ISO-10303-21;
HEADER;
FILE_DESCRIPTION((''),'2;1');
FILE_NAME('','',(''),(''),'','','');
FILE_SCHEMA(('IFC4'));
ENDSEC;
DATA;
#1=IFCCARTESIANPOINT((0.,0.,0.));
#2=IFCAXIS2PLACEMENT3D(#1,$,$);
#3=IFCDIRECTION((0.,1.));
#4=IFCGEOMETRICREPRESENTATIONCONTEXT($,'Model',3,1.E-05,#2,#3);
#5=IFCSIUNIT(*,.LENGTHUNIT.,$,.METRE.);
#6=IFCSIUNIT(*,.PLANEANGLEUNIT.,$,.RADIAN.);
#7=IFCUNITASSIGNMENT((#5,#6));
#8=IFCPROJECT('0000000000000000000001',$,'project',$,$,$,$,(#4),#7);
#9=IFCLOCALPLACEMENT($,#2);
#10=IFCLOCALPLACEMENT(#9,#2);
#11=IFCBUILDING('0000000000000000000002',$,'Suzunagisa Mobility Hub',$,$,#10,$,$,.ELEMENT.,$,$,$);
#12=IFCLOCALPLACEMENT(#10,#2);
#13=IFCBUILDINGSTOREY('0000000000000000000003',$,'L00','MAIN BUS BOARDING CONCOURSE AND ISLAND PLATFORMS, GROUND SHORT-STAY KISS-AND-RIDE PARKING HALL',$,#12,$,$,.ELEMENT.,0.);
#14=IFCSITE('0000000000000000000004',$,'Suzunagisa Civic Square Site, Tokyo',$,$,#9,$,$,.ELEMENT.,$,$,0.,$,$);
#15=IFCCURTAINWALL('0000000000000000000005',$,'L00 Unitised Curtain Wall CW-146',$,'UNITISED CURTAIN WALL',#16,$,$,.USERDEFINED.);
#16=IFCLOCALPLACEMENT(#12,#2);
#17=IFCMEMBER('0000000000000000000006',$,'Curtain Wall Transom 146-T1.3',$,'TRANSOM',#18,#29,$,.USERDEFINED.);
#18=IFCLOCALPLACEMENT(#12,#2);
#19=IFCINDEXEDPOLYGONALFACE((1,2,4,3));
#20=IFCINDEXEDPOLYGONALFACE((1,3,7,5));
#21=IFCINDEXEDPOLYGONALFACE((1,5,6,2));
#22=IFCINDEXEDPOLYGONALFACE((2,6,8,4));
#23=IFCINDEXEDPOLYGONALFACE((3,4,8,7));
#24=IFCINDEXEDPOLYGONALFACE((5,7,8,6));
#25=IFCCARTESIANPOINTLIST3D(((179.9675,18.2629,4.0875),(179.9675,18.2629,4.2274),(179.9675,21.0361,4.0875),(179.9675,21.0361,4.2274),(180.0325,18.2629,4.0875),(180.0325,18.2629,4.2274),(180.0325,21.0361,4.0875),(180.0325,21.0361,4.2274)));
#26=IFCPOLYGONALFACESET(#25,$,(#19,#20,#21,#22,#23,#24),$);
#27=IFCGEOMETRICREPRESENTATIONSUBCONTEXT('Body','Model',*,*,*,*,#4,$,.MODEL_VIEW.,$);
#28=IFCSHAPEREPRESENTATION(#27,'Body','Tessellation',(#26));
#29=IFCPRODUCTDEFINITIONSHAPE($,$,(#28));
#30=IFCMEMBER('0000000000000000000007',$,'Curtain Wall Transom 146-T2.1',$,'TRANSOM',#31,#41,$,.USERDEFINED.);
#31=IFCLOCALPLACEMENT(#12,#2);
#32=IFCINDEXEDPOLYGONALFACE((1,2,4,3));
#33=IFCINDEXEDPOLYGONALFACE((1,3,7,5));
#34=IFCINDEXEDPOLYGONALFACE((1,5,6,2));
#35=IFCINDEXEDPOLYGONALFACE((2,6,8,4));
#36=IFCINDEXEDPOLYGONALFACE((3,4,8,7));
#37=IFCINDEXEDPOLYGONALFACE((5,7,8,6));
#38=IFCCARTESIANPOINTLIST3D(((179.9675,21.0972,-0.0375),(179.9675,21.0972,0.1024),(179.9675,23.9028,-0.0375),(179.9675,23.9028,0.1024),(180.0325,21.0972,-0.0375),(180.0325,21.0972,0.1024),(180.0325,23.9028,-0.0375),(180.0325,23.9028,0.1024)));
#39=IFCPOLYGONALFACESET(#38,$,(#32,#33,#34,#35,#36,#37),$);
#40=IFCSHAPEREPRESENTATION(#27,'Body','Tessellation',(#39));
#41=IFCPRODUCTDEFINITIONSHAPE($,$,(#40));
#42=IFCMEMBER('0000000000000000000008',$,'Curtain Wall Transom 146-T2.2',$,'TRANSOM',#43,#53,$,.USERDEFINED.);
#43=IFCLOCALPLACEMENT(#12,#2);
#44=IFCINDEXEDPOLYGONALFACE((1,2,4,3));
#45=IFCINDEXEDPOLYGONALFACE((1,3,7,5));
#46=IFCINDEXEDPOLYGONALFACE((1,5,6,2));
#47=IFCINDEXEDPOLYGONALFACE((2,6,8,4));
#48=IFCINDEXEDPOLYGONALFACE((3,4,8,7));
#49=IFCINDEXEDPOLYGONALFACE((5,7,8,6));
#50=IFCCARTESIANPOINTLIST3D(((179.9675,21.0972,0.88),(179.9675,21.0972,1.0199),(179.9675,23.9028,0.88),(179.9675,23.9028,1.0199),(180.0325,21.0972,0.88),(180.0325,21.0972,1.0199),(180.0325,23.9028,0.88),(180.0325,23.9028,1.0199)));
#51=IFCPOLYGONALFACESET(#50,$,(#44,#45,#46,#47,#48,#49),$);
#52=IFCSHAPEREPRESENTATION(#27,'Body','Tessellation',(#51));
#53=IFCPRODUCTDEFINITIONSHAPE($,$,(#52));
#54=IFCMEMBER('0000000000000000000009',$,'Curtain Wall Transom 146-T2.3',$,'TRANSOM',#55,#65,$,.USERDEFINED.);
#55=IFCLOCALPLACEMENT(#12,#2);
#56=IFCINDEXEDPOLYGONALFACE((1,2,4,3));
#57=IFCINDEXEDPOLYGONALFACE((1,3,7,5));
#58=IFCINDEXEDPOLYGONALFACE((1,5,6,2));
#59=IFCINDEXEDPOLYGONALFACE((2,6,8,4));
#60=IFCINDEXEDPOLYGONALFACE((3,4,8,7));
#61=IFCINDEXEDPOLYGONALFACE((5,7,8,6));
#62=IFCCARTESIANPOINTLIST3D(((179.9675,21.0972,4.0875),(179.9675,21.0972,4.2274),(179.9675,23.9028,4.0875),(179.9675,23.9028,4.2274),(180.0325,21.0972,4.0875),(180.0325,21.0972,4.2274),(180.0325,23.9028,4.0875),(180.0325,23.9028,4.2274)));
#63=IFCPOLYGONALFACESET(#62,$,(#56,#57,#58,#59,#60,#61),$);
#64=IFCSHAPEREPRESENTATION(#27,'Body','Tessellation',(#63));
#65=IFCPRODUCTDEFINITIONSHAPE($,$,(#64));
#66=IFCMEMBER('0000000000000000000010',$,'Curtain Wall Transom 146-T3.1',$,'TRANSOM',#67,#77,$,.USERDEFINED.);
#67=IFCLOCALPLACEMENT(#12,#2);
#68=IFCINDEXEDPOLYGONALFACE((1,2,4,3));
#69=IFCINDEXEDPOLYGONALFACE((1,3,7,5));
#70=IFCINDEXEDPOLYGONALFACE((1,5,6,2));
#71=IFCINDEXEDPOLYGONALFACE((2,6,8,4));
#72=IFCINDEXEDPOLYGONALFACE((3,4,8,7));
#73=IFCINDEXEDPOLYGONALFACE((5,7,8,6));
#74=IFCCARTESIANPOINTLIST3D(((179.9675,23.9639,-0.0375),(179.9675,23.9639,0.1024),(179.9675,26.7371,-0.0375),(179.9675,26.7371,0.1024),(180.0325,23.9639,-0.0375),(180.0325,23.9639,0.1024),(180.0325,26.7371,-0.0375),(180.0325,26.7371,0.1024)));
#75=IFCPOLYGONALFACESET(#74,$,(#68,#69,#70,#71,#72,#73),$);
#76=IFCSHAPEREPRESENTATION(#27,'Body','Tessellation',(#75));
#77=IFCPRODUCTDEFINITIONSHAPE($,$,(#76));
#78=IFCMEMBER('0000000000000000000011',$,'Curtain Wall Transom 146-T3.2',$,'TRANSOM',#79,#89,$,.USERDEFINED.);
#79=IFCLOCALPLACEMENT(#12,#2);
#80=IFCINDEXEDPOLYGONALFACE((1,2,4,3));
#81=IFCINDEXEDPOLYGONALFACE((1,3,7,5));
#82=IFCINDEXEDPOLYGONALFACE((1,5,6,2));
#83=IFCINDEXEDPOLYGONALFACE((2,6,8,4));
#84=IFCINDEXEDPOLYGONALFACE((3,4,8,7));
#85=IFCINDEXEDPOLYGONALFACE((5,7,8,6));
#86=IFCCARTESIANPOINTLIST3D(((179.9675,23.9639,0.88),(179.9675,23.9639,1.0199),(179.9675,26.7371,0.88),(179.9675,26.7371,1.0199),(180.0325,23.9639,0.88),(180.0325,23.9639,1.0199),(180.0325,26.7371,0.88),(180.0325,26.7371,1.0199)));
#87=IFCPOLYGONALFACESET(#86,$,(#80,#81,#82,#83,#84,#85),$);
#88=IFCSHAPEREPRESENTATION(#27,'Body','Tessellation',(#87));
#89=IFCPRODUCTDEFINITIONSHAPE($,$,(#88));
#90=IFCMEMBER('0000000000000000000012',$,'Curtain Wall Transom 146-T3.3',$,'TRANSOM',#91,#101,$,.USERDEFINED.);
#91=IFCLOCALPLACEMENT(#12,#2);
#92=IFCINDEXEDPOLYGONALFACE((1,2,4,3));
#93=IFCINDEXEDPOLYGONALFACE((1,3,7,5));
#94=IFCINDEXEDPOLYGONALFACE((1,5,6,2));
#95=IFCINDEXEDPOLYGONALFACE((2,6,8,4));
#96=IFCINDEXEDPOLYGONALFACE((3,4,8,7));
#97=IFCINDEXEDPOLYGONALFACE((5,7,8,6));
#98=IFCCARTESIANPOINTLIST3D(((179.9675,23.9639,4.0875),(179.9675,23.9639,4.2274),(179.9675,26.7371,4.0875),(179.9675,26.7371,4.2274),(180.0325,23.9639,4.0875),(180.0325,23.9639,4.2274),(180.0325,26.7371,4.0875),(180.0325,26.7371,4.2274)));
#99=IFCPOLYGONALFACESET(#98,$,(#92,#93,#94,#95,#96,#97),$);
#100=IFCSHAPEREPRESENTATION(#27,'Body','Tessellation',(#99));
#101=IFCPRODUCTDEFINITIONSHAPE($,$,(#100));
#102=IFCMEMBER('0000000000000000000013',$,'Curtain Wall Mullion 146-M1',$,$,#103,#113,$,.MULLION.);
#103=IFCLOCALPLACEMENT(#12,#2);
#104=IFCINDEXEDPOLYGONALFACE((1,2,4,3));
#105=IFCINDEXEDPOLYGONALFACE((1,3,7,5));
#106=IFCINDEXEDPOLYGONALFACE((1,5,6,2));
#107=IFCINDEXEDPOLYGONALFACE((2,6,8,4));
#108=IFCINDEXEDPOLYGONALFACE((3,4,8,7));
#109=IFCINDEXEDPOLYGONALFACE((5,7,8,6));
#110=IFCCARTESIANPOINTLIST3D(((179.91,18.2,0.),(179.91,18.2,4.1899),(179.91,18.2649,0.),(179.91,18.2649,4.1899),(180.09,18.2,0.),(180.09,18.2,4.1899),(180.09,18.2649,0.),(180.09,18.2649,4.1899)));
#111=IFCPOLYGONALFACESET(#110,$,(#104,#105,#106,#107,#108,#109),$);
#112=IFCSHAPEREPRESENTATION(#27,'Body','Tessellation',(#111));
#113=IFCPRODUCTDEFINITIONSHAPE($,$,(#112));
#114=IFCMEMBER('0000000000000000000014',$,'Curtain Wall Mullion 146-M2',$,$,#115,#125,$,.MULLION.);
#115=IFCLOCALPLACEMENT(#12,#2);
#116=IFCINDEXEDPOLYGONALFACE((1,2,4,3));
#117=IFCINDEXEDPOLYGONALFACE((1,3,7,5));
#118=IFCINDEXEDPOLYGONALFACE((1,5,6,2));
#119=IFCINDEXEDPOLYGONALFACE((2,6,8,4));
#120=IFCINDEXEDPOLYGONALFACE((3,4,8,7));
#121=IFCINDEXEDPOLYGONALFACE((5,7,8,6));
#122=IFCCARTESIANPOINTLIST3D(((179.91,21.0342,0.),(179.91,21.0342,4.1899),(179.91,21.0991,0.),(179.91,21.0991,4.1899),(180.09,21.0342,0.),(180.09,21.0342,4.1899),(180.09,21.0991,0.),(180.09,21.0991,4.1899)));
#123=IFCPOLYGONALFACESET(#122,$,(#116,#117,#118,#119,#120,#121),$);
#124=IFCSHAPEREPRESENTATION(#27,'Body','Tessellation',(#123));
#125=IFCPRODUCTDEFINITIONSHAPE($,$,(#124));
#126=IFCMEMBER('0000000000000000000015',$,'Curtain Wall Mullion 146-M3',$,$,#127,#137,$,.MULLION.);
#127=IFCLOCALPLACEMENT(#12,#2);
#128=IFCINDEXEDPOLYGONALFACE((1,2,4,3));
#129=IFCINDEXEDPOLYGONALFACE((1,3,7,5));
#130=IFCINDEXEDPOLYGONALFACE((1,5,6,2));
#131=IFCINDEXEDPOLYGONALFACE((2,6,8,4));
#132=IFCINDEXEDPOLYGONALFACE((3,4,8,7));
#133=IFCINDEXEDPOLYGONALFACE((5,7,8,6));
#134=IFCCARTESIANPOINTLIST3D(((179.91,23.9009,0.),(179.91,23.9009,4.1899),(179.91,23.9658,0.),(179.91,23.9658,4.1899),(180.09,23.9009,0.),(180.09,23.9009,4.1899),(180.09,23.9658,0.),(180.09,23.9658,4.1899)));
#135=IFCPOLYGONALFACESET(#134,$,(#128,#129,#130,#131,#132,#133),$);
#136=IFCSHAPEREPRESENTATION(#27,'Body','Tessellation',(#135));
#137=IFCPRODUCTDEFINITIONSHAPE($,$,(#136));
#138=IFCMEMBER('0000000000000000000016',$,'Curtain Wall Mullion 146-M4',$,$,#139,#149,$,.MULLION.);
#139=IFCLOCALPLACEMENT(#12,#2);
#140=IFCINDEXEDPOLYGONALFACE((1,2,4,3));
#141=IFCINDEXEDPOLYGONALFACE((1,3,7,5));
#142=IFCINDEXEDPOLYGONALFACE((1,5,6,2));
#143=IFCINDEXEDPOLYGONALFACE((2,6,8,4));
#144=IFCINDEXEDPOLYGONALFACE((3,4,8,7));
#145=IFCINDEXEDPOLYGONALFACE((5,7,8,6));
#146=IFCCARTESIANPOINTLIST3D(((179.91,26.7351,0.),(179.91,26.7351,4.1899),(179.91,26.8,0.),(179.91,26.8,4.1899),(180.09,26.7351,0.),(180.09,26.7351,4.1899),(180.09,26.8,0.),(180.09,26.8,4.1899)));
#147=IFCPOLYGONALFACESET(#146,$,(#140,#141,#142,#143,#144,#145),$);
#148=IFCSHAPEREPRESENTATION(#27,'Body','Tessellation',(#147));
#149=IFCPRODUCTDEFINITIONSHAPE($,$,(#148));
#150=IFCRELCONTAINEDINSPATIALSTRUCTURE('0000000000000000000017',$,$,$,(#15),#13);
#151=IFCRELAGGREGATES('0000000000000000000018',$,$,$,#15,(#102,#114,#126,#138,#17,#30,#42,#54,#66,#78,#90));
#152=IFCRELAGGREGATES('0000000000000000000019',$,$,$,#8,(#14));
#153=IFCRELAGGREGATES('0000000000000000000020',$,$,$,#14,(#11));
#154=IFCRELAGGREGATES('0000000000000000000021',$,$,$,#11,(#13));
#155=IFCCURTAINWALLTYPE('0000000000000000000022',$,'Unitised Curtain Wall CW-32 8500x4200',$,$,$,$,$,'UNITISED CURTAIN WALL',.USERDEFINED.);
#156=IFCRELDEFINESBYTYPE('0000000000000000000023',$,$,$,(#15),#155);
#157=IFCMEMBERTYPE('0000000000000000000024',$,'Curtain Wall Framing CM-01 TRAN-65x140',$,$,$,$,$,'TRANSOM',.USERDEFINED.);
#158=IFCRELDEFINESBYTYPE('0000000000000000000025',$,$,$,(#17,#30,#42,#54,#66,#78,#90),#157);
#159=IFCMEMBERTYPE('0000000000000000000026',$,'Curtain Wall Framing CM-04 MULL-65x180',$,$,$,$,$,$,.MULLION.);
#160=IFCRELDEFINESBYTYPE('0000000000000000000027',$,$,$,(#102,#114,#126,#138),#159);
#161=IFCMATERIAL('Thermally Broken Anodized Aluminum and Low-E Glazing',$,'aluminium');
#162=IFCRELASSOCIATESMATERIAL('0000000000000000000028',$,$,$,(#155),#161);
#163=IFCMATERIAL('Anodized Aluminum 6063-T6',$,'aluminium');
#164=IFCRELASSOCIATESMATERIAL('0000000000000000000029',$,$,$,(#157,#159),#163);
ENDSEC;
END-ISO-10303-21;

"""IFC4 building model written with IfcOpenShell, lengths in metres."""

from ifc_helpers import new_model, si_unit, direction, frame, origin, origin_2d, place, context, subcontext, project, spatial, rectangle, extrude, material, material_profile, profile_set, type_object, element, aggregate, save


model = new_model("IFC4")

# Units and contexts
model_context = context("Model", 3, precision=1e-05, world=origin(), true_north=direction((0.0, 1.0)))
body_context = subcontext(model_context, "Body", "Model", "MODEL_VIEW")
ifc_project = project(units=[si_unit("LENGTHUNIT", "METRE"), si_unit("PLANEANGLEUNIT", "RADIAN")], contexts=[model_context])

# Site, building, storey
site_placement = place(None, origin())
site = spatial("IfcSite", under=ifc_project, at=site_placement, Name="Suzunagisa Civic Square Site, Tokyo", CompositionType="ELEMENT", RefElevation=0.0)
building_placement = place(site_placement, origin())
building = spatial("IfcBuilding", under=site, at=building_placement, Name="Suzunagisa Mobility Hub", CompositionType="ELEMENT")
storey_placement = place(building_placement, origin())
storey = spatial("IfcBuildingStorey", under=building, at=storey_placement, Name="L00", Description="MAIN BUS BOARDING CONCOURSE AND ISLAND PLATFORMS, GROUND SHORT-STAY KISS-AND-RIDE PARKING HALL", CompositionType="ELEMENT", Elevation=0.0)

# Curtain wall, members
ifc_material_1 = material(Name="Thermally Broken Anodized Aluminum and Low-E Glazing", Category="aluminium")
curtain_wall_type = type_object("IfcCurtainWallType", Name="Unitised Curtain Wall CW-32 8500x4200", ElementType="UNITISED CURTAIN WALL", PredefinedType="USERDEFINED", material=ifc_material_1)
curtain_wall_placement = place(storey_placement, origin())
curtain_wall = element("IfcCurtainWall", 1, at=curtain_wall_placement, inside=storey, type_object=curtain_wall_type, Name="L00 Unitised Curtain Wall CW-146", ObjectType="UNITISED CURTAIN WALL", PredefinedType="USERDEFINED")
ifc_material_2 = material(Name="Anodized Aluminum 6063-T6", Category="aluminium")
ifc_material_profile_1 = material_profile(ifc_material_2, rectangle(XDim=0.0649, YDim=0.1399, at=origin_2d()), Name="TRAN-65x140")
ifc_profile_set_1 = profile_set([ifc_material_profile_1], Name="Anodized Aluminum 6063-T6")
member_type_1 = type_object("IfcMemberType", Name="Curtain Wall Framing CM-01 TRAN-65x140", ElementType="TRANSOM", PredefinedType="USERDEFINED", material=ifc_profile_set_1)
member_1_placement = place(storey_placement, frame((180.0, 18.2629, 4.1575), z_axis=(0.0, 1.0, 0.0), x_axis=(-1.0, 0.0, 0.0)))
member_1 = element("IfcMember", 2, at=member_1_placement, type_object=member_type_1, Name="Curtain Wall Transom 146-T1.3", ObjectType="TRANSOM", PredefinedType="USERDEFINED", context=body_context, shape_type="SweptSolid", body=[
    extrude(rectangle(XDim=0.0649, YDim=0.1399, at=origin_2d()), origin(), (0.0, 0.0, 1.0), 2.7732),
])
member_2_placement = place(storey_placement, frame((180.0, 21.0972, 0.0325), z_axis=(0.0, 1.0, 0.0), x_axis=(-1.0, 0.0, 0.0)))
member_2 = element("IfcMember", 3, at=member_2_placement, type_object=member_type_1, Name="Curtain Wall Transom 146-T2.1", ObjectType="TRANSOM", PredefinedType="USERDEFINED", context=body_context, shape_type="SweptSolid", body=[
    extrude(rectangle(XDim=0.0649, YDim=0.1399, at=origin_2d()), origin(), (0.0, 0.0, 1.0), 2.8057),
])
member_3_placement = place(storey_placement, frame((180.0, 21.0972, 0.95), z_axis=(0.0, 1.0, 0.0), x_axis=(-1.0, 0.0, 0.0)))
member_3 = element("IfcMember", 4, at=member_3_placement, type_object=member_type_1, Name="Curtain Wall Transom 146-T2.2", ObjectType="TRANSOM", PredefinedType="USERDEFINED", context=body_context, shape_type="SweptSolid", body=[
    extrude(rectangle(XDim=0.0649, YDim=0.1399, at=origin_2d()), origin(), (0.0, 0.0, 1.0), 2.8057),
])
member_4_placement = place(storey_placement, frame((180.0, 21.0972, 4.1575), z_axis=(0.0, 1.0, 0.0), x_axis=(-1.0, 0.0, 0.0)))
member_4 = element("IfcMember", 5, at=member_4_placement, type_object=member_type_1, Name="Curtain Wall Transom 146-T2.3", ObjectType="TRANSOM", PredefinedType="USERDEFINED", context=body_context, shape_type="SweptSolid", body=[
    extrude(rectangle(XDim=0.0649, YDim=0.1399, at=origin_2d()), origin(), (0.0, 0.0, 1.0), 2.8057),
])
member_5_placement = place(storey_placement, frame((180.0, 23.9639, 0.0325), z_axis=(0.0, 1.0, 0.0), x_axis=(-1.0, 0.0, 0.0)))
member_5 = element("IfcMember", 6, at=member_5_placement, type_object=member_type_1, Name="Curtain Wall Transom 146-T3.1", ObjectType="TRANSOM", PredefinedType="USERDEFINED", context=body_context, shape_type="SweptSolid", body=[
    extrude(rectangle(XDim=0.0649, YDim=0.1399, at=origin_2d()), origin(), (0.0, 0.0, 1.0), 2.7732),
])
member_6_placement = place(storey_placement, frame((180.0, 23.9639, 0.95), z_axis=(0.0, 1.0, 0.0), x_axis=(-1.0, 0.0, 0.0)))
member_6 = element("IfcMember", 7, at=member_6_placement, type_object=member_type_1, Name="Curtain Wall Transom 146-T3.2", ObjectType="TRANSOM", PredefinedType="USERDEFINED", context=body_context, shape_type="SweptSolid", body=[
    extrude(rectangle(XDim=0.0649, YDim=0.1399, at=origin_2d()), origin(), (0.0, 0.0, 1.0), 2.7732),
])
member_7_placement = place(storey_placement, frame((180.0, 23.9639, 4.1575), z_axis=(0.0, 1.0, 0.0), x_axis=(-1.0, 0.0, 0.0)))
member_7 = element("IfcMember", 8, at=member_7_placement, type_object=member_type_1, Name="Curtain Wall Transom 146-T3.3", ObjectType="TRANSOM", PredefinedType="USERDEFINED", context=body_context, shape_type="SweptSolid", body=[
    extrude(rectangle(XDim=0.0649, YDim=0.1399, at=origin_2d()), origin(), (0.0, 0.0, 1.0), 2.7732),
])
ifc_material_profile_2 = material_profile(ifc_material_2, rectangle(XDim=0.0649, YDim=0.1799, at=origin_2d()), Name="MULL-65x180")
ifc_profile_set_2 = profile_set([ifc_material_profile_2], Name="Anodized Aluminum 6063-T6")
member_type_2 = type_object("IfcMemberType", Name="Curtain Wall Framing CM-04 MULL-65x180", PredefinedType="MULLION", material=ifc_profile_set_2)
member_8_placement = place(storey_placement, frame((180.0, 18.2324, 0.0), z_axis=(0.0, 0.0, 1.0), x_axis=(0.0, 1.0, 0.0)))
member_8 = element("IfcMember", 9, at=member_8_placement, type_object=member_type_2, Name="Curtain Wall Mullion 146-M1", PredefinedType="MULLION", context=body_context, shape_type="SweptSolid", body=[
    extrude(rectangle(XDim=0.0649, YDim=0.1799, at=origin_2d()), origin(), (0.0, 0.0, 1.0), 4.1899),
])
member_9_placement = place(storey_placement, frame((180.0, 21.0667, 0.0), z_axis=(0.0, 0.0, 1.0), x_axis=(0.0, 1.0, 0.0)))
member_9 = element("IfcMember", 10, at=member_9_placement, type_object=member_type_2, Name="Curtain Wall Mullion 146-M2", PredefinedType="MULLION", context=body_context, shape_type="SweptSolid", body=[
    extrude(rectangle(XDim=0.0649, YDim=0.1799, at=origin_2d()), origin(), (0.0, 0.0, 1.0), 4.1899),
])
member_10_placement = place(storey_placement, frame((180.0, 23.9333, 0.0), z_axis=(0.0, 0.0, 1.0), x_axis=(0.0, 1.0, 0.0)))
member_10 = element("IfcMember", 11, at=member_10_placement, type_object=member_type_2, Name="Curtain Wall Mullion 146-M3", PredefinedType="MULLION", context=body_context, shape_type="SweptSolid", body=[
    extrude(rectangle(XDim=0.0649, YDim=0.1799, at=origin_2d()), origin(), (0.0, 0.0, 1.0), 4.1899),
])
member_11_placement = place(storey_placement, frame((180.0, 26.7676, 0.0), z_axis=(0.0, 0.0, 1.0), x_axis=(0.0, 1.0, 0.0)))
member_11 = element("IfcMember", 12, at=member_11_placement, type_object=member_type_2, Name="Curtain Wall Mullion 146-M4", PredefinedType="MULLION", context=body_context, shape_type="SweptSolid", body=[
    extrude(rectangle(XDim=0.0649, YDim=0.1799, at=origin_2d()), origin(), (0.0, 0.0, 1.0), 4.1899),
])

aggregate(curtain_wall, [member_8, member_9, member_10, member_11, member_1, member_2, member_3, member_4, member_5, member_6, member_7])

save(model, "model.ifc")
